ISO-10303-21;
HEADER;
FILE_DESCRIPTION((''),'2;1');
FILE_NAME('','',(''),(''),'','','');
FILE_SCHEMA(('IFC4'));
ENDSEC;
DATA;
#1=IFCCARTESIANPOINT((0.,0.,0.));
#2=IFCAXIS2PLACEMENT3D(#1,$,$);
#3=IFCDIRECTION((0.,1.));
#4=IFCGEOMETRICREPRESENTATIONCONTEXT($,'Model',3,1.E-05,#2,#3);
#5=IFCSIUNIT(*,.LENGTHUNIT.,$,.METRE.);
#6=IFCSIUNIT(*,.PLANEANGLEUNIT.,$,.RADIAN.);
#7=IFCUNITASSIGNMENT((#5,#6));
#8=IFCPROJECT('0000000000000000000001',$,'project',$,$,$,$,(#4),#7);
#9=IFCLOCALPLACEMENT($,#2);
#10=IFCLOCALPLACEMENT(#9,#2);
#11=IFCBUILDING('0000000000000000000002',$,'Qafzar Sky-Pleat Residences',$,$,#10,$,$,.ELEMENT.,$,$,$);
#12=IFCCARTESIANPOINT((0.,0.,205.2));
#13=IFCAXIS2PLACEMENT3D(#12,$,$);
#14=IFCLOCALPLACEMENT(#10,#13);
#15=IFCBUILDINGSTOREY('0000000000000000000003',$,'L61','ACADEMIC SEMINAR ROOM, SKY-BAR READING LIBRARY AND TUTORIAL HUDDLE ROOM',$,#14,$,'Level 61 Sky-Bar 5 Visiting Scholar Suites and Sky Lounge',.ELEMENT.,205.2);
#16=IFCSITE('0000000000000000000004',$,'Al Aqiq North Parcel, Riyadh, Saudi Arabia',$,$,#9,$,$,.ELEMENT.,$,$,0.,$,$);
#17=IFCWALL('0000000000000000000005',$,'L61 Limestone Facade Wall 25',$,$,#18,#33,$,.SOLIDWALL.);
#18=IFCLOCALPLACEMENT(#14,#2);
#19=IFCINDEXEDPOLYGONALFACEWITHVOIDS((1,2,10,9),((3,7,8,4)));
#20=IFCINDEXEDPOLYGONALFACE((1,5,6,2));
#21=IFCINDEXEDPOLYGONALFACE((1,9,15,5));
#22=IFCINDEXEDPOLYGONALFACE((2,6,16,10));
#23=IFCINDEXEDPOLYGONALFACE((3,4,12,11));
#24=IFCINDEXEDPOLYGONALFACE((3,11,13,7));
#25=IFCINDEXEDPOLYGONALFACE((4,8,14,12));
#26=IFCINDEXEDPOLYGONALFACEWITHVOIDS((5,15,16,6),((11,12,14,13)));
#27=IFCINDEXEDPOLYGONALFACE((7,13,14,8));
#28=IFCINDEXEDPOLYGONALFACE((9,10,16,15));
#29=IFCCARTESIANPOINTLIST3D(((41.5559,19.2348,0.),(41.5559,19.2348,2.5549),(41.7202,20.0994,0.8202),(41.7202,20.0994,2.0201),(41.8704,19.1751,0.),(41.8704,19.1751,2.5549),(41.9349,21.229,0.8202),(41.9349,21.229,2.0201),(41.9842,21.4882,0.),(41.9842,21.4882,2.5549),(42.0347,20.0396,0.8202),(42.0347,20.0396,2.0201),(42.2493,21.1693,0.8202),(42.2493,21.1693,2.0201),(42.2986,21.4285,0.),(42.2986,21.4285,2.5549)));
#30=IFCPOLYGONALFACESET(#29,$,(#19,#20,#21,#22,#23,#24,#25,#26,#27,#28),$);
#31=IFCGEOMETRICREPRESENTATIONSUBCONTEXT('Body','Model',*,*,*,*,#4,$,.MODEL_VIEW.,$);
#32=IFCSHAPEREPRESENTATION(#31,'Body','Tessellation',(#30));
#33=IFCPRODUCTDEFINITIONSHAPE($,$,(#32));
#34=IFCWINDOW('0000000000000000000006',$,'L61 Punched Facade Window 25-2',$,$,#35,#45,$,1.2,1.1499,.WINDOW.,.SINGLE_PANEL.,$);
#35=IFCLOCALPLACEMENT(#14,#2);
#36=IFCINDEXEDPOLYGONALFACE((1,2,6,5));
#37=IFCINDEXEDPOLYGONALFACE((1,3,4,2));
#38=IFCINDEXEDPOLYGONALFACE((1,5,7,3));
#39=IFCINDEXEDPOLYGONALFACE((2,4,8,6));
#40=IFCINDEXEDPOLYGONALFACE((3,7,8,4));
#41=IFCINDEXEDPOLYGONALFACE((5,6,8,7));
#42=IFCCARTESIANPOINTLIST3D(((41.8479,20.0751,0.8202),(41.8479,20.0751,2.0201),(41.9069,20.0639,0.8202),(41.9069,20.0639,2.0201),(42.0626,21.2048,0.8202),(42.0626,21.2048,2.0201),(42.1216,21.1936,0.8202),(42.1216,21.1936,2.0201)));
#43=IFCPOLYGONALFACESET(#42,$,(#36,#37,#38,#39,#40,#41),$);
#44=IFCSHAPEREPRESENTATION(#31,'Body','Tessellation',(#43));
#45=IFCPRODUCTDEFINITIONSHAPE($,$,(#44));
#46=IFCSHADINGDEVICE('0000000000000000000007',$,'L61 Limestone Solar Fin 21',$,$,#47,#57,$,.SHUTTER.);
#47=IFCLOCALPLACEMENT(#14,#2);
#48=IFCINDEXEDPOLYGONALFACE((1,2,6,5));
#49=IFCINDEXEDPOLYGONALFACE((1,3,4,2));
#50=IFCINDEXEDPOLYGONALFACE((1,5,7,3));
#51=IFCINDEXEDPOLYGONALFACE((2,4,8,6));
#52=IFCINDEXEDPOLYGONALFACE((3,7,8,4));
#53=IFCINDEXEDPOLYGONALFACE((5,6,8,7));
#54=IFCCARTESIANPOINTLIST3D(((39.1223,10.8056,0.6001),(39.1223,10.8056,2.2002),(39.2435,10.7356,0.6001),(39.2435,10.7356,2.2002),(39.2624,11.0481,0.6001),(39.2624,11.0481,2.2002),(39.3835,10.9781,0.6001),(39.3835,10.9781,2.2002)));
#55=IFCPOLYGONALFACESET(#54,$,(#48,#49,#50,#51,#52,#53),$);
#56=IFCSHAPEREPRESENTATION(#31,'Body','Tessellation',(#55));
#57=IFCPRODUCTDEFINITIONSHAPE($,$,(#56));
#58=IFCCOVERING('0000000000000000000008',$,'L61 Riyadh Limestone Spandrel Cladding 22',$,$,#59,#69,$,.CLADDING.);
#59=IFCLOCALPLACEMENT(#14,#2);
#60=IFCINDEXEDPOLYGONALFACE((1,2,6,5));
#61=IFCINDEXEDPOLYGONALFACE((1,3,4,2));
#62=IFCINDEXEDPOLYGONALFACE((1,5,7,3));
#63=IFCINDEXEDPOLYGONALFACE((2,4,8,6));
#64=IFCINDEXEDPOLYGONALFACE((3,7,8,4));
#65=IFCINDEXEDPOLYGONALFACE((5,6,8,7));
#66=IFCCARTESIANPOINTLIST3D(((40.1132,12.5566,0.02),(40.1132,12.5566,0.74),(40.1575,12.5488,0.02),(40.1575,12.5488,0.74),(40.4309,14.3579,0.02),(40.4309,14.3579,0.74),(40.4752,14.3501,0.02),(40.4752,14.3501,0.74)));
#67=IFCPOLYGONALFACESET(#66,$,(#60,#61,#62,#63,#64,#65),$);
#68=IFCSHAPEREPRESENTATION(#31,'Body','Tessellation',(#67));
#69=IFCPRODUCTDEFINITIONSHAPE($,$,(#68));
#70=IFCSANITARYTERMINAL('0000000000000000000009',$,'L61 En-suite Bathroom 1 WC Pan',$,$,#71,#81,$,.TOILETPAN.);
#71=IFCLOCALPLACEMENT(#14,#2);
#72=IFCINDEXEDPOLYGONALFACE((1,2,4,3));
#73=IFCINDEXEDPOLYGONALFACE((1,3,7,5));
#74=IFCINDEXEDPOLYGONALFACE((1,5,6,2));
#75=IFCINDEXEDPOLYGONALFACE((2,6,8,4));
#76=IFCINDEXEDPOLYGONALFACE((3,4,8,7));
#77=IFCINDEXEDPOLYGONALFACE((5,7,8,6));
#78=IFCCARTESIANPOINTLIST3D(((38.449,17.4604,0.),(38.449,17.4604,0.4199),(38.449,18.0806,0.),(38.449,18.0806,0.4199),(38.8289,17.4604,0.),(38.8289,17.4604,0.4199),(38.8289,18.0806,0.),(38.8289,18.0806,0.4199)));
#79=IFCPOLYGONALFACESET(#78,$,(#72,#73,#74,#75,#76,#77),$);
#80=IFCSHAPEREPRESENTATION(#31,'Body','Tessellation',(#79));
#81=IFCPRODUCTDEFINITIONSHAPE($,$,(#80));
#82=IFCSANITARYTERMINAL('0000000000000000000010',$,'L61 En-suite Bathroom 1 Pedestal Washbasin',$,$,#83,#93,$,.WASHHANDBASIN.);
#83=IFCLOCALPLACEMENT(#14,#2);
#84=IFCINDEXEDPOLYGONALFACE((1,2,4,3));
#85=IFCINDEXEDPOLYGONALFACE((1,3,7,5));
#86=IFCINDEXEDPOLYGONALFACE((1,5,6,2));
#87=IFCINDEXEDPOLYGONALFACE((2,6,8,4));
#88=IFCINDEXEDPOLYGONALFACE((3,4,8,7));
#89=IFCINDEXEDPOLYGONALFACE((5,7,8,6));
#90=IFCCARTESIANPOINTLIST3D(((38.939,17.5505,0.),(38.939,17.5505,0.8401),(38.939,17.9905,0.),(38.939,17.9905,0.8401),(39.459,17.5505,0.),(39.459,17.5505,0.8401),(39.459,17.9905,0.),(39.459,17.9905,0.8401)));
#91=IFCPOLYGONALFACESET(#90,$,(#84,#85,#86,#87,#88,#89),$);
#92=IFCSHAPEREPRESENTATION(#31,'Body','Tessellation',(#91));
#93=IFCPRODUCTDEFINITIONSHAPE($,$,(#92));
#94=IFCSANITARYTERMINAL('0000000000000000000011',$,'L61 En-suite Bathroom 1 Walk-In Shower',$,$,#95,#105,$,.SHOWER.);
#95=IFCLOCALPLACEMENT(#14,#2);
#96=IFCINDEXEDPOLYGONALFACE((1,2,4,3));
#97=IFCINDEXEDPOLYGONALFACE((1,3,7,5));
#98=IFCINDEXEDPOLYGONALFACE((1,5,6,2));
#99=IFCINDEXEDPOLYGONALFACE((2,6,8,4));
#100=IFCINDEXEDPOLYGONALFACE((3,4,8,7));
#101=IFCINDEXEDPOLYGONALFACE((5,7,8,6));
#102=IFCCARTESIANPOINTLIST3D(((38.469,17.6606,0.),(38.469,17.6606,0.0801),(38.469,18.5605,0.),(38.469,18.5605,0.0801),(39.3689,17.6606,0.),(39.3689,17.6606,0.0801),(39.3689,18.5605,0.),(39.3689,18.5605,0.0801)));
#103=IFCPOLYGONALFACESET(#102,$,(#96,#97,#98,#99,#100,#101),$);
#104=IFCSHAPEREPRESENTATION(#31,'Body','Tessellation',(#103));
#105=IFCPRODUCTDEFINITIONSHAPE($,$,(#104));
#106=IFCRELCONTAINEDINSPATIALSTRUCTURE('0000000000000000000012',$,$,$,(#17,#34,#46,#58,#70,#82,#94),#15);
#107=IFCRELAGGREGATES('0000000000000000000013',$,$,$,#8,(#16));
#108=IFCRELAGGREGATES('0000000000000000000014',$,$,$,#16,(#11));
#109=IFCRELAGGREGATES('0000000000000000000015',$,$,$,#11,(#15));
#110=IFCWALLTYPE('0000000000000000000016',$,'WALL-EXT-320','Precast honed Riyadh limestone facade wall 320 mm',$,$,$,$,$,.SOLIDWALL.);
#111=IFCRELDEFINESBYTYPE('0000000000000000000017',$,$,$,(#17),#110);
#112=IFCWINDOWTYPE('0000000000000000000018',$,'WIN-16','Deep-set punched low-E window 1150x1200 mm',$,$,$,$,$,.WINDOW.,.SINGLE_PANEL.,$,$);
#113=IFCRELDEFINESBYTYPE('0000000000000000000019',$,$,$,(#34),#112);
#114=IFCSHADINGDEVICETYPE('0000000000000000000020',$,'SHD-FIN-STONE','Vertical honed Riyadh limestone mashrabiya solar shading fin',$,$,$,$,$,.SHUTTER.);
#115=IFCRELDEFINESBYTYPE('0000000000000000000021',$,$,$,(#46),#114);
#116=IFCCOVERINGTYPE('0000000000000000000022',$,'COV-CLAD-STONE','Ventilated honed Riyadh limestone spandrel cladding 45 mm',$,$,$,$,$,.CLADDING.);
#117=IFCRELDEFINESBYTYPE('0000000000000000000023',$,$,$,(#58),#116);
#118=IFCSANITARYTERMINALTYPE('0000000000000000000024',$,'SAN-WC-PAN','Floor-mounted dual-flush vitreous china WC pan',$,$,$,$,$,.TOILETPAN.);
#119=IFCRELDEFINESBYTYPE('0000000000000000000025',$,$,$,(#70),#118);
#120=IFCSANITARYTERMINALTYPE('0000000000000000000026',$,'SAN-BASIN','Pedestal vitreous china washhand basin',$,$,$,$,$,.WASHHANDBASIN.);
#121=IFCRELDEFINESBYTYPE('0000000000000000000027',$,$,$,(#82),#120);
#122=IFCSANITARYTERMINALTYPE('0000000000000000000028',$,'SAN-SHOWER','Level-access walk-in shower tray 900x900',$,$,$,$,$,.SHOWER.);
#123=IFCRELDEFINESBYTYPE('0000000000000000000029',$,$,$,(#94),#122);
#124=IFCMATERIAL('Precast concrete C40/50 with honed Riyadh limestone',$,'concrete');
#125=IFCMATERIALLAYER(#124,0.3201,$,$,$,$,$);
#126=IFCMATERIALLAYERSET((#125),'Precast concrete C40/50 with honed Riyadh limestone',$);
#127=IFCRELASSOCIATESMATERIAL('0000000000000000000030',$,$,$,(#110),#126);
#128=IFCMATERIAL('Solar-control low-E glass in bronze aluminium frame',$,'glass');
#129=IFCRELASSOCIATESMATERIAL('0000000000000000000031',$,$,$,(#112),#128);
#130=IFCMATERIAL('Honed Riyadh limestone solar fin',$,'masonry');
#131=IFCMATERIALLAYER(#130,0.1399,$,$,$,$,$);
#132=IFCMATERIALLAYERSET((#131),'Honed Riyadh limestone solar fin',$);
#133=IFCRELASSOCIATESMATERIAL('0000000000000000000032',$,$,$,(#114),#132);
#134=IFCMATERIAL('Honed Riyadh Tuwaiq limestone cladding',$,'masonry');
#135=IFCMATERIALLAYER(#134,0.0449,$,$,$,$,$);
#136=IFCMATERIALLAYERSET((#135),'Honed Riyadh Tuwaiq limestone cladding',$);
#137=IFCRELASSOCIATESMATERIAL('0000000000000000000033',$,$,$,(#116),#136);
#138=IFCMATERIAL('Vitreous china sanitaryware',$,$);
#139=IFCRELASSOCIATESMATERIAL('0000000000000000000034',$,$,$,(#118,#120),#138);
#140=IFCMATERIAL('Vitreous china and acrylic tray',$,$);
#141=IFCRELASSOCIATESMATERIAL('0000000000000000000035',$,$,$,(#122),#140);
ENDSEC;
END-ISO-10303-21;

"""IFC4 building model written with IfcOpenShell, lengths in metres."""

from ifc_helpers import new_model, si_unit, direction, frame, frame_2d, origin, origin_2d, place, context, subcontext, project, spatial, rectangle, extrude, source, transform, mapped, material, layer, layer_set, type_object, element, fill, save


model = new_model("IFC4")

# Units and contexts
model_context = context("Model", 3, precision=1e-05, world=origin(), true_north=direction((0.0, 1.0)))
body_context = subcontext(model_context, "Body", "Model", "MODEL_VIEW")
ifc_project = project(units=[si_unit("LENGTHUNIT", "METRE"), si_unit("PLANEANGLEUNIT", "RADIAN")], contexts=[model_context])

# Site, building, storey
site_placement = place(None, origin())
site = spatial("IfcSite", under=ifc_project, at=site_placement, Name="Al Aqiq North Parcel, Riyadh, Saudi Arabia", CompositionType="ELEMENT", RefElevation=0.0)
building_placement = place(site_placement, origin())
building = spatial("IfcBuilding", under=site, at=building_placement, Name="Qafzar Sky-Pleat Residences", CompositionType="ELEMENT")
storey_placement = place(building_placement, frame((0.0, 0.0, 205.2)))
storey = spatial("IfcBuildingStorey", under=building, at=storey_placement, Name="L61", Description="ACADEMIC SEMINAR ROOM, SKY-BAR READING LIBRARY AND TUTORIAL HUDDLE ROOM", LongName="Level 61 Sky-Bar 5 Visiting Scholar Suites and Sky Lounge", CompositionType="ELEMENT", Elevation=205.2)

# Wall, opening, window
ifc_material_1 = material(Name="Precast concrete C40/50 with honed Riyadh limestone", Category="concrete")
ifc_layer_1 = layer(ifc_material_1, 0.3201)
ifc_layer_set_1 = layer_set([ifc_layer_1], Name="Precast concrete C40/50 with honed Riyadh limestone")
wall_type_1 = type_object("IfcWallType", Name="WALL-EXT-320", Description="Precast honed Riyadh limestone facade wall 320 mm", PredefinedType="SOLIDWALL", material=ifc_layer_set_1)
ifc_material_2 = material(Name="Solar-control low-E glass in bronze aluminium frame", Category="glass")
wall_1_placement = place(storey_placement, frame((41.7131, 19.2048, 0.0), z_axis=(0.0, 0.0, 1.0), x_axis=(0.186691, 0.982419, 0.0)))
wall_1 = element("IfcWall", 1, at=wall_1_placement, inside=storey, type_object=wall_type_1, Name="L61 Limestone Facade Wall 25", PredefinedType="SOLIDWALL", context=body_context, shape_type="SweptSolid", body=[
    extrude(rectangle(XDim=2.2937, YDim=0.3201, at=frame_2d((1.147, 0.0))), origin(), (0.0, 0.0, 1.0), 2.5549),
])
opening_1_placement = place(wall_1_placement, frame((0.8801, 0.0, 0.8201)))
opening_1 = element("IfcOpeningElement", 2, at=opening_1_placement, cuts=wall_1, PredefinedType="OPENING", context=body_context, shape_type="SweptSolid", body=[
    extrude(rectangle(XDim=1.1499, YDim=1.2, at=frame_2d((0.575, 0.6001))), frame((0.0, 0.1699, 0.0), z_axis=(0.0, -1.0, 0.0), x_axis=(1.0, 0.0, 0.0)), (0.0, 0.0, 1.0), 0.3401),
])
window_type_1 = type_object("IfcWindowType", Name="WIN-16", Description="Deep-set punched low-E window 1150x1200 mm", PartitioningType="SINGLE_PANEL", PredefinedType="WINDOW", material=ifc_material_2)
shared_shape_1 = source(origin(), body_context, "Body", "SweptSolid", [
    extrude(rectangle(XDim=1.1499, YDim=1.2, at=frame_2d((0.575, 0.6001))), frame((0.0, 0.03, 0.0), z_axis=(0.0, -1.0, 0.0), x_axis=(1.0, 0.0, 0.0)), (0.0, 0.0, 1.0), 0.0601),
])
window_1_placement = place(opening_1_placement, origin())
window_1 = element("IfcWindow", 3, at=window_1_placement, inside=storey, type_object=window_type_1, Name="L61 Punched Facade Window 25-2", OverallHeight=1.2, OverallWidth=1.1499, PartitioningType="SINGLE_PANEL", PredefinedType="WINDOW", context=body_context, shape_type="MappedRepresentation", body=[
    mapped(shared_shape_1, transform((0.0, 0.0, 0.0), x_axis=(1.0, 0.0, 0.0), y_axis=(0.0, 1.0, 0.0), z_axis=(0.0, 0.0, 1.0), scale=1.0)),
])
fill(opening_1, window_1)

# Shading device
ifc_material_3 = material(Name="Honed Riyadh limestone solar fin", Category="masonry")
ifc_layer_2 = layer(ifc_material_3, 0.1399)
ifc_layer_set_2 = layer_set([ifc_layer_2], Name="Honed Riyadh limestone solar fin")
shading_device_type = type_object("IfcShadingDeviceType", Name="SHD-FIN-STONE", Description="Vertical honed Riyadh limestone mashrabiya solar shading fin", PredefinedType="SHUTTER", material=ifc_layer_set_2)
shared_shape_2 = source(origin(), body_context, "Body", "SweptSolid", [
    extrude(rectangle(XDim=0.1399, YDim=0.28, at=origin_2d()), origin(), (0.0, 0.0, 1.0), 1.6001),
])
shading_device_placement = place(storey_placement, frame((39.2529, 10.8918, 0.6001), z_axis=(0.0, 0.0, 1.0), x_axis=(0.866032, -0.499989, 0.0)))
element("IfcShadingDevice", 4, at=shading_device_placement, inside=storey, type_object=shading_device_type, Name="L61 Limestone Solar Fin 21", PredefinedType="SHUTTER", context=body_context, shape_type="MappedRepresentation", body=[
    mapped(shared_shape_2, transform((0.0, 0.0, 0.0), x_axis=(1.0, 0.0, 0.0), y_axis=(0.0, 1.0, 0.0), z_axis=(0.0, 0.0, 1.0), scale=1.0)),
])

# Covering
ifc_material_4 = material(Name="Honed Riyadh Tuwaiq limestone cladding", Category="masonry")
ifc_layer_3 = layer(ifc_material_4, 0.0449)
ifc_layer_set_3 = layer_set([ifc_layer_3], Name="Honed Riyadh Tuwaiq limestone cladding")
covering_type = type_object("IfcCoveringType", Name="COV-CLAD-STONE", Description="Ventilated honed Riyadh limestone spandrel cladding 45 mm", PredefinedType="CLADDING", material=ifc_layer_set_3)
shared_shape_3 = source(origin(), body_context, "Body", "SweptSolid", [
    extrude(rectangle(XDim=1.8291, YDim=0.0449, at=origin_2d()), origin(), (0.0, 0.0, 1.0), 0.72),
])
covering_placement = place(storey_placement, frame((40.2942, 13.4534, 0.02), z_axis=(0.0, 0.0, 1.0), x_axis=(0.173696, 0.984799, 0.0)))
element("IfcCovering", 5, at=covering_placement, inside=storey, type_object=covering_type, Name="L61 Riyadh Limestone Spandrel Cladding 22", PredefinedType="CLADDING", context=body_context, shape_type="MappedRepresentation", body=[
    mapped(shared_shape_3, transform((0.0, 0.0, 0.0), x_axis=(1.0, 0.0, 0.0), y_axis=(0.0, 1.0, 0.0), z_axis=(0.0, 0.0, 1.0), scale=1.0)),
])

# Sanitary terminals
ifc_material_5 = material(Name="Vitreous china sanitaryware")
sanitary_terminal_type_1 = type_object("IfcSanitaryTerminalType", Name="SAN-WC-PAN", Description="Floor-mounted dual-flush vitreous china WC pan", PredefinedType="TOILETPAN", material=ifc_material_5)
shared_shape_4 = source(origin(), body_context, "Body", "SweptSolid", [
    extrude(rectangle(XDim=0.3799, YDim=0.6201, at=origin_2d()), origin(), (0.0, 0.0, 1.0), 0.4199),
])
sanitary_terminal_1_placement = place(storey_placement, frame((38.6389, 17.7705, 0.0), z_axis=(0.0, 0.0, 1.0), x_axis=(1.0, 0.0, 0.0)))
element("IfcSanitaryTerminal", 6, at=sanitary_terminal_1_placement, inside=storey, type_object=sanitary_terminal_type_1, Name="L61 En-suite Bathroom 1 WC Pan", PredefinedType="TOILETPAN", context=body_context, shape_type="MappedRepresentation", body=[
    mapped(shared_shape_4, transform((0.0, 0.0, 0.0), x_axis=(1.0, 0.0, 0.0), y_axis=(0.0, 1.0, 0.0), z_axis=(0.0, 0.0, 1.0), scale=1.0)),
])
sanitary_terminal_type_2 = type_object("IfcSanitaryTerminalType", Name="SAN-BASIN", Description="Pedestal vitreous china washhand basin", PredefinedType="WASHHANDBASIN", material=ifc_material_5)
shared_shape_5 = source(origin(), body_context, "Body", "SweptSolid", [
    extrude(rectangle(XDim=0.52, YDim=0.4399, at=origin_2d()), origin(), (0.0, 0.0, 1.0), 0.8401),
])
sanitary_terminal_2_placement = place(storey_placement, frame((39.199, 17.7705, 0.0), z_axis=(0.0, 0.0, 1.0), x_axis=(1.0, 0.0, 0.0)))
element("IfcSanitaryTerminal", 7, at=sanitary_terminal_2_placement, inside=storey, type_object=sanitary_terminal_type_2, Name="L61 En-suite Bathroom 1 Pedestal Washbasin", PredefinedType="WASHHANDBASIN", context=body_context, shape_type="MappedRepresentation", body=[
    mapped(shared_shape_5, transform((0.0, 0.0, 0.0), x_axis=(1.0, 0.0, 0.0), y_axis=(0.0, 1.0, 0.0), z_axis=(0.0, 0.0, 1.0), scale=1.0)),
])
ifc_material_6 = material(Name="Vitreous china and acrylic tray")
sanitary_terminal_type_3 = type_object("IfcSanitaryTerminalType", Name="SAN-SHOWER", Description="Level-access walk-in shower tray 900x900", PredefinedType="SHOWER", material=ifc_material_6)
shared_shape_6 = source(origin(), body_context, "Body", "SweptSolid", [
    extrude(rectangle(XDim=0.8999, YDim=0.8999, at=origin_2d()), origin(), (0.0, 0.0, 1.0), 0.0801),
])
sanitary_terminal_3_placement = place(storey_placement, frame((38.9189, 18.1106, 0.0), z_axis=(0.0, 0.0, 1.0), x_axis=(1.0, 0.0, 0.0)))
element("IfcSanitaryTerminal", 8, at=sanitary_terminal_3_placement, inside=storey, type_object=sanitary_terminal_type_3, Name="L61 En-suite Bathroom 1 Walk-In Shower", PredefinedType="SHOWER", context=body_context, shape_type="MappedRepresentation", body=[
    mapped(shared_shape_6, transform((0.0, 0.0, 0.0), x_axis=(1.0, 0.0, 0.0), y_axis=(0.0, 1.0, 0.0), z_axis=(0.0, 0.0, 1.0), scale=1.0)),
])

save(model, "model.ifc")
